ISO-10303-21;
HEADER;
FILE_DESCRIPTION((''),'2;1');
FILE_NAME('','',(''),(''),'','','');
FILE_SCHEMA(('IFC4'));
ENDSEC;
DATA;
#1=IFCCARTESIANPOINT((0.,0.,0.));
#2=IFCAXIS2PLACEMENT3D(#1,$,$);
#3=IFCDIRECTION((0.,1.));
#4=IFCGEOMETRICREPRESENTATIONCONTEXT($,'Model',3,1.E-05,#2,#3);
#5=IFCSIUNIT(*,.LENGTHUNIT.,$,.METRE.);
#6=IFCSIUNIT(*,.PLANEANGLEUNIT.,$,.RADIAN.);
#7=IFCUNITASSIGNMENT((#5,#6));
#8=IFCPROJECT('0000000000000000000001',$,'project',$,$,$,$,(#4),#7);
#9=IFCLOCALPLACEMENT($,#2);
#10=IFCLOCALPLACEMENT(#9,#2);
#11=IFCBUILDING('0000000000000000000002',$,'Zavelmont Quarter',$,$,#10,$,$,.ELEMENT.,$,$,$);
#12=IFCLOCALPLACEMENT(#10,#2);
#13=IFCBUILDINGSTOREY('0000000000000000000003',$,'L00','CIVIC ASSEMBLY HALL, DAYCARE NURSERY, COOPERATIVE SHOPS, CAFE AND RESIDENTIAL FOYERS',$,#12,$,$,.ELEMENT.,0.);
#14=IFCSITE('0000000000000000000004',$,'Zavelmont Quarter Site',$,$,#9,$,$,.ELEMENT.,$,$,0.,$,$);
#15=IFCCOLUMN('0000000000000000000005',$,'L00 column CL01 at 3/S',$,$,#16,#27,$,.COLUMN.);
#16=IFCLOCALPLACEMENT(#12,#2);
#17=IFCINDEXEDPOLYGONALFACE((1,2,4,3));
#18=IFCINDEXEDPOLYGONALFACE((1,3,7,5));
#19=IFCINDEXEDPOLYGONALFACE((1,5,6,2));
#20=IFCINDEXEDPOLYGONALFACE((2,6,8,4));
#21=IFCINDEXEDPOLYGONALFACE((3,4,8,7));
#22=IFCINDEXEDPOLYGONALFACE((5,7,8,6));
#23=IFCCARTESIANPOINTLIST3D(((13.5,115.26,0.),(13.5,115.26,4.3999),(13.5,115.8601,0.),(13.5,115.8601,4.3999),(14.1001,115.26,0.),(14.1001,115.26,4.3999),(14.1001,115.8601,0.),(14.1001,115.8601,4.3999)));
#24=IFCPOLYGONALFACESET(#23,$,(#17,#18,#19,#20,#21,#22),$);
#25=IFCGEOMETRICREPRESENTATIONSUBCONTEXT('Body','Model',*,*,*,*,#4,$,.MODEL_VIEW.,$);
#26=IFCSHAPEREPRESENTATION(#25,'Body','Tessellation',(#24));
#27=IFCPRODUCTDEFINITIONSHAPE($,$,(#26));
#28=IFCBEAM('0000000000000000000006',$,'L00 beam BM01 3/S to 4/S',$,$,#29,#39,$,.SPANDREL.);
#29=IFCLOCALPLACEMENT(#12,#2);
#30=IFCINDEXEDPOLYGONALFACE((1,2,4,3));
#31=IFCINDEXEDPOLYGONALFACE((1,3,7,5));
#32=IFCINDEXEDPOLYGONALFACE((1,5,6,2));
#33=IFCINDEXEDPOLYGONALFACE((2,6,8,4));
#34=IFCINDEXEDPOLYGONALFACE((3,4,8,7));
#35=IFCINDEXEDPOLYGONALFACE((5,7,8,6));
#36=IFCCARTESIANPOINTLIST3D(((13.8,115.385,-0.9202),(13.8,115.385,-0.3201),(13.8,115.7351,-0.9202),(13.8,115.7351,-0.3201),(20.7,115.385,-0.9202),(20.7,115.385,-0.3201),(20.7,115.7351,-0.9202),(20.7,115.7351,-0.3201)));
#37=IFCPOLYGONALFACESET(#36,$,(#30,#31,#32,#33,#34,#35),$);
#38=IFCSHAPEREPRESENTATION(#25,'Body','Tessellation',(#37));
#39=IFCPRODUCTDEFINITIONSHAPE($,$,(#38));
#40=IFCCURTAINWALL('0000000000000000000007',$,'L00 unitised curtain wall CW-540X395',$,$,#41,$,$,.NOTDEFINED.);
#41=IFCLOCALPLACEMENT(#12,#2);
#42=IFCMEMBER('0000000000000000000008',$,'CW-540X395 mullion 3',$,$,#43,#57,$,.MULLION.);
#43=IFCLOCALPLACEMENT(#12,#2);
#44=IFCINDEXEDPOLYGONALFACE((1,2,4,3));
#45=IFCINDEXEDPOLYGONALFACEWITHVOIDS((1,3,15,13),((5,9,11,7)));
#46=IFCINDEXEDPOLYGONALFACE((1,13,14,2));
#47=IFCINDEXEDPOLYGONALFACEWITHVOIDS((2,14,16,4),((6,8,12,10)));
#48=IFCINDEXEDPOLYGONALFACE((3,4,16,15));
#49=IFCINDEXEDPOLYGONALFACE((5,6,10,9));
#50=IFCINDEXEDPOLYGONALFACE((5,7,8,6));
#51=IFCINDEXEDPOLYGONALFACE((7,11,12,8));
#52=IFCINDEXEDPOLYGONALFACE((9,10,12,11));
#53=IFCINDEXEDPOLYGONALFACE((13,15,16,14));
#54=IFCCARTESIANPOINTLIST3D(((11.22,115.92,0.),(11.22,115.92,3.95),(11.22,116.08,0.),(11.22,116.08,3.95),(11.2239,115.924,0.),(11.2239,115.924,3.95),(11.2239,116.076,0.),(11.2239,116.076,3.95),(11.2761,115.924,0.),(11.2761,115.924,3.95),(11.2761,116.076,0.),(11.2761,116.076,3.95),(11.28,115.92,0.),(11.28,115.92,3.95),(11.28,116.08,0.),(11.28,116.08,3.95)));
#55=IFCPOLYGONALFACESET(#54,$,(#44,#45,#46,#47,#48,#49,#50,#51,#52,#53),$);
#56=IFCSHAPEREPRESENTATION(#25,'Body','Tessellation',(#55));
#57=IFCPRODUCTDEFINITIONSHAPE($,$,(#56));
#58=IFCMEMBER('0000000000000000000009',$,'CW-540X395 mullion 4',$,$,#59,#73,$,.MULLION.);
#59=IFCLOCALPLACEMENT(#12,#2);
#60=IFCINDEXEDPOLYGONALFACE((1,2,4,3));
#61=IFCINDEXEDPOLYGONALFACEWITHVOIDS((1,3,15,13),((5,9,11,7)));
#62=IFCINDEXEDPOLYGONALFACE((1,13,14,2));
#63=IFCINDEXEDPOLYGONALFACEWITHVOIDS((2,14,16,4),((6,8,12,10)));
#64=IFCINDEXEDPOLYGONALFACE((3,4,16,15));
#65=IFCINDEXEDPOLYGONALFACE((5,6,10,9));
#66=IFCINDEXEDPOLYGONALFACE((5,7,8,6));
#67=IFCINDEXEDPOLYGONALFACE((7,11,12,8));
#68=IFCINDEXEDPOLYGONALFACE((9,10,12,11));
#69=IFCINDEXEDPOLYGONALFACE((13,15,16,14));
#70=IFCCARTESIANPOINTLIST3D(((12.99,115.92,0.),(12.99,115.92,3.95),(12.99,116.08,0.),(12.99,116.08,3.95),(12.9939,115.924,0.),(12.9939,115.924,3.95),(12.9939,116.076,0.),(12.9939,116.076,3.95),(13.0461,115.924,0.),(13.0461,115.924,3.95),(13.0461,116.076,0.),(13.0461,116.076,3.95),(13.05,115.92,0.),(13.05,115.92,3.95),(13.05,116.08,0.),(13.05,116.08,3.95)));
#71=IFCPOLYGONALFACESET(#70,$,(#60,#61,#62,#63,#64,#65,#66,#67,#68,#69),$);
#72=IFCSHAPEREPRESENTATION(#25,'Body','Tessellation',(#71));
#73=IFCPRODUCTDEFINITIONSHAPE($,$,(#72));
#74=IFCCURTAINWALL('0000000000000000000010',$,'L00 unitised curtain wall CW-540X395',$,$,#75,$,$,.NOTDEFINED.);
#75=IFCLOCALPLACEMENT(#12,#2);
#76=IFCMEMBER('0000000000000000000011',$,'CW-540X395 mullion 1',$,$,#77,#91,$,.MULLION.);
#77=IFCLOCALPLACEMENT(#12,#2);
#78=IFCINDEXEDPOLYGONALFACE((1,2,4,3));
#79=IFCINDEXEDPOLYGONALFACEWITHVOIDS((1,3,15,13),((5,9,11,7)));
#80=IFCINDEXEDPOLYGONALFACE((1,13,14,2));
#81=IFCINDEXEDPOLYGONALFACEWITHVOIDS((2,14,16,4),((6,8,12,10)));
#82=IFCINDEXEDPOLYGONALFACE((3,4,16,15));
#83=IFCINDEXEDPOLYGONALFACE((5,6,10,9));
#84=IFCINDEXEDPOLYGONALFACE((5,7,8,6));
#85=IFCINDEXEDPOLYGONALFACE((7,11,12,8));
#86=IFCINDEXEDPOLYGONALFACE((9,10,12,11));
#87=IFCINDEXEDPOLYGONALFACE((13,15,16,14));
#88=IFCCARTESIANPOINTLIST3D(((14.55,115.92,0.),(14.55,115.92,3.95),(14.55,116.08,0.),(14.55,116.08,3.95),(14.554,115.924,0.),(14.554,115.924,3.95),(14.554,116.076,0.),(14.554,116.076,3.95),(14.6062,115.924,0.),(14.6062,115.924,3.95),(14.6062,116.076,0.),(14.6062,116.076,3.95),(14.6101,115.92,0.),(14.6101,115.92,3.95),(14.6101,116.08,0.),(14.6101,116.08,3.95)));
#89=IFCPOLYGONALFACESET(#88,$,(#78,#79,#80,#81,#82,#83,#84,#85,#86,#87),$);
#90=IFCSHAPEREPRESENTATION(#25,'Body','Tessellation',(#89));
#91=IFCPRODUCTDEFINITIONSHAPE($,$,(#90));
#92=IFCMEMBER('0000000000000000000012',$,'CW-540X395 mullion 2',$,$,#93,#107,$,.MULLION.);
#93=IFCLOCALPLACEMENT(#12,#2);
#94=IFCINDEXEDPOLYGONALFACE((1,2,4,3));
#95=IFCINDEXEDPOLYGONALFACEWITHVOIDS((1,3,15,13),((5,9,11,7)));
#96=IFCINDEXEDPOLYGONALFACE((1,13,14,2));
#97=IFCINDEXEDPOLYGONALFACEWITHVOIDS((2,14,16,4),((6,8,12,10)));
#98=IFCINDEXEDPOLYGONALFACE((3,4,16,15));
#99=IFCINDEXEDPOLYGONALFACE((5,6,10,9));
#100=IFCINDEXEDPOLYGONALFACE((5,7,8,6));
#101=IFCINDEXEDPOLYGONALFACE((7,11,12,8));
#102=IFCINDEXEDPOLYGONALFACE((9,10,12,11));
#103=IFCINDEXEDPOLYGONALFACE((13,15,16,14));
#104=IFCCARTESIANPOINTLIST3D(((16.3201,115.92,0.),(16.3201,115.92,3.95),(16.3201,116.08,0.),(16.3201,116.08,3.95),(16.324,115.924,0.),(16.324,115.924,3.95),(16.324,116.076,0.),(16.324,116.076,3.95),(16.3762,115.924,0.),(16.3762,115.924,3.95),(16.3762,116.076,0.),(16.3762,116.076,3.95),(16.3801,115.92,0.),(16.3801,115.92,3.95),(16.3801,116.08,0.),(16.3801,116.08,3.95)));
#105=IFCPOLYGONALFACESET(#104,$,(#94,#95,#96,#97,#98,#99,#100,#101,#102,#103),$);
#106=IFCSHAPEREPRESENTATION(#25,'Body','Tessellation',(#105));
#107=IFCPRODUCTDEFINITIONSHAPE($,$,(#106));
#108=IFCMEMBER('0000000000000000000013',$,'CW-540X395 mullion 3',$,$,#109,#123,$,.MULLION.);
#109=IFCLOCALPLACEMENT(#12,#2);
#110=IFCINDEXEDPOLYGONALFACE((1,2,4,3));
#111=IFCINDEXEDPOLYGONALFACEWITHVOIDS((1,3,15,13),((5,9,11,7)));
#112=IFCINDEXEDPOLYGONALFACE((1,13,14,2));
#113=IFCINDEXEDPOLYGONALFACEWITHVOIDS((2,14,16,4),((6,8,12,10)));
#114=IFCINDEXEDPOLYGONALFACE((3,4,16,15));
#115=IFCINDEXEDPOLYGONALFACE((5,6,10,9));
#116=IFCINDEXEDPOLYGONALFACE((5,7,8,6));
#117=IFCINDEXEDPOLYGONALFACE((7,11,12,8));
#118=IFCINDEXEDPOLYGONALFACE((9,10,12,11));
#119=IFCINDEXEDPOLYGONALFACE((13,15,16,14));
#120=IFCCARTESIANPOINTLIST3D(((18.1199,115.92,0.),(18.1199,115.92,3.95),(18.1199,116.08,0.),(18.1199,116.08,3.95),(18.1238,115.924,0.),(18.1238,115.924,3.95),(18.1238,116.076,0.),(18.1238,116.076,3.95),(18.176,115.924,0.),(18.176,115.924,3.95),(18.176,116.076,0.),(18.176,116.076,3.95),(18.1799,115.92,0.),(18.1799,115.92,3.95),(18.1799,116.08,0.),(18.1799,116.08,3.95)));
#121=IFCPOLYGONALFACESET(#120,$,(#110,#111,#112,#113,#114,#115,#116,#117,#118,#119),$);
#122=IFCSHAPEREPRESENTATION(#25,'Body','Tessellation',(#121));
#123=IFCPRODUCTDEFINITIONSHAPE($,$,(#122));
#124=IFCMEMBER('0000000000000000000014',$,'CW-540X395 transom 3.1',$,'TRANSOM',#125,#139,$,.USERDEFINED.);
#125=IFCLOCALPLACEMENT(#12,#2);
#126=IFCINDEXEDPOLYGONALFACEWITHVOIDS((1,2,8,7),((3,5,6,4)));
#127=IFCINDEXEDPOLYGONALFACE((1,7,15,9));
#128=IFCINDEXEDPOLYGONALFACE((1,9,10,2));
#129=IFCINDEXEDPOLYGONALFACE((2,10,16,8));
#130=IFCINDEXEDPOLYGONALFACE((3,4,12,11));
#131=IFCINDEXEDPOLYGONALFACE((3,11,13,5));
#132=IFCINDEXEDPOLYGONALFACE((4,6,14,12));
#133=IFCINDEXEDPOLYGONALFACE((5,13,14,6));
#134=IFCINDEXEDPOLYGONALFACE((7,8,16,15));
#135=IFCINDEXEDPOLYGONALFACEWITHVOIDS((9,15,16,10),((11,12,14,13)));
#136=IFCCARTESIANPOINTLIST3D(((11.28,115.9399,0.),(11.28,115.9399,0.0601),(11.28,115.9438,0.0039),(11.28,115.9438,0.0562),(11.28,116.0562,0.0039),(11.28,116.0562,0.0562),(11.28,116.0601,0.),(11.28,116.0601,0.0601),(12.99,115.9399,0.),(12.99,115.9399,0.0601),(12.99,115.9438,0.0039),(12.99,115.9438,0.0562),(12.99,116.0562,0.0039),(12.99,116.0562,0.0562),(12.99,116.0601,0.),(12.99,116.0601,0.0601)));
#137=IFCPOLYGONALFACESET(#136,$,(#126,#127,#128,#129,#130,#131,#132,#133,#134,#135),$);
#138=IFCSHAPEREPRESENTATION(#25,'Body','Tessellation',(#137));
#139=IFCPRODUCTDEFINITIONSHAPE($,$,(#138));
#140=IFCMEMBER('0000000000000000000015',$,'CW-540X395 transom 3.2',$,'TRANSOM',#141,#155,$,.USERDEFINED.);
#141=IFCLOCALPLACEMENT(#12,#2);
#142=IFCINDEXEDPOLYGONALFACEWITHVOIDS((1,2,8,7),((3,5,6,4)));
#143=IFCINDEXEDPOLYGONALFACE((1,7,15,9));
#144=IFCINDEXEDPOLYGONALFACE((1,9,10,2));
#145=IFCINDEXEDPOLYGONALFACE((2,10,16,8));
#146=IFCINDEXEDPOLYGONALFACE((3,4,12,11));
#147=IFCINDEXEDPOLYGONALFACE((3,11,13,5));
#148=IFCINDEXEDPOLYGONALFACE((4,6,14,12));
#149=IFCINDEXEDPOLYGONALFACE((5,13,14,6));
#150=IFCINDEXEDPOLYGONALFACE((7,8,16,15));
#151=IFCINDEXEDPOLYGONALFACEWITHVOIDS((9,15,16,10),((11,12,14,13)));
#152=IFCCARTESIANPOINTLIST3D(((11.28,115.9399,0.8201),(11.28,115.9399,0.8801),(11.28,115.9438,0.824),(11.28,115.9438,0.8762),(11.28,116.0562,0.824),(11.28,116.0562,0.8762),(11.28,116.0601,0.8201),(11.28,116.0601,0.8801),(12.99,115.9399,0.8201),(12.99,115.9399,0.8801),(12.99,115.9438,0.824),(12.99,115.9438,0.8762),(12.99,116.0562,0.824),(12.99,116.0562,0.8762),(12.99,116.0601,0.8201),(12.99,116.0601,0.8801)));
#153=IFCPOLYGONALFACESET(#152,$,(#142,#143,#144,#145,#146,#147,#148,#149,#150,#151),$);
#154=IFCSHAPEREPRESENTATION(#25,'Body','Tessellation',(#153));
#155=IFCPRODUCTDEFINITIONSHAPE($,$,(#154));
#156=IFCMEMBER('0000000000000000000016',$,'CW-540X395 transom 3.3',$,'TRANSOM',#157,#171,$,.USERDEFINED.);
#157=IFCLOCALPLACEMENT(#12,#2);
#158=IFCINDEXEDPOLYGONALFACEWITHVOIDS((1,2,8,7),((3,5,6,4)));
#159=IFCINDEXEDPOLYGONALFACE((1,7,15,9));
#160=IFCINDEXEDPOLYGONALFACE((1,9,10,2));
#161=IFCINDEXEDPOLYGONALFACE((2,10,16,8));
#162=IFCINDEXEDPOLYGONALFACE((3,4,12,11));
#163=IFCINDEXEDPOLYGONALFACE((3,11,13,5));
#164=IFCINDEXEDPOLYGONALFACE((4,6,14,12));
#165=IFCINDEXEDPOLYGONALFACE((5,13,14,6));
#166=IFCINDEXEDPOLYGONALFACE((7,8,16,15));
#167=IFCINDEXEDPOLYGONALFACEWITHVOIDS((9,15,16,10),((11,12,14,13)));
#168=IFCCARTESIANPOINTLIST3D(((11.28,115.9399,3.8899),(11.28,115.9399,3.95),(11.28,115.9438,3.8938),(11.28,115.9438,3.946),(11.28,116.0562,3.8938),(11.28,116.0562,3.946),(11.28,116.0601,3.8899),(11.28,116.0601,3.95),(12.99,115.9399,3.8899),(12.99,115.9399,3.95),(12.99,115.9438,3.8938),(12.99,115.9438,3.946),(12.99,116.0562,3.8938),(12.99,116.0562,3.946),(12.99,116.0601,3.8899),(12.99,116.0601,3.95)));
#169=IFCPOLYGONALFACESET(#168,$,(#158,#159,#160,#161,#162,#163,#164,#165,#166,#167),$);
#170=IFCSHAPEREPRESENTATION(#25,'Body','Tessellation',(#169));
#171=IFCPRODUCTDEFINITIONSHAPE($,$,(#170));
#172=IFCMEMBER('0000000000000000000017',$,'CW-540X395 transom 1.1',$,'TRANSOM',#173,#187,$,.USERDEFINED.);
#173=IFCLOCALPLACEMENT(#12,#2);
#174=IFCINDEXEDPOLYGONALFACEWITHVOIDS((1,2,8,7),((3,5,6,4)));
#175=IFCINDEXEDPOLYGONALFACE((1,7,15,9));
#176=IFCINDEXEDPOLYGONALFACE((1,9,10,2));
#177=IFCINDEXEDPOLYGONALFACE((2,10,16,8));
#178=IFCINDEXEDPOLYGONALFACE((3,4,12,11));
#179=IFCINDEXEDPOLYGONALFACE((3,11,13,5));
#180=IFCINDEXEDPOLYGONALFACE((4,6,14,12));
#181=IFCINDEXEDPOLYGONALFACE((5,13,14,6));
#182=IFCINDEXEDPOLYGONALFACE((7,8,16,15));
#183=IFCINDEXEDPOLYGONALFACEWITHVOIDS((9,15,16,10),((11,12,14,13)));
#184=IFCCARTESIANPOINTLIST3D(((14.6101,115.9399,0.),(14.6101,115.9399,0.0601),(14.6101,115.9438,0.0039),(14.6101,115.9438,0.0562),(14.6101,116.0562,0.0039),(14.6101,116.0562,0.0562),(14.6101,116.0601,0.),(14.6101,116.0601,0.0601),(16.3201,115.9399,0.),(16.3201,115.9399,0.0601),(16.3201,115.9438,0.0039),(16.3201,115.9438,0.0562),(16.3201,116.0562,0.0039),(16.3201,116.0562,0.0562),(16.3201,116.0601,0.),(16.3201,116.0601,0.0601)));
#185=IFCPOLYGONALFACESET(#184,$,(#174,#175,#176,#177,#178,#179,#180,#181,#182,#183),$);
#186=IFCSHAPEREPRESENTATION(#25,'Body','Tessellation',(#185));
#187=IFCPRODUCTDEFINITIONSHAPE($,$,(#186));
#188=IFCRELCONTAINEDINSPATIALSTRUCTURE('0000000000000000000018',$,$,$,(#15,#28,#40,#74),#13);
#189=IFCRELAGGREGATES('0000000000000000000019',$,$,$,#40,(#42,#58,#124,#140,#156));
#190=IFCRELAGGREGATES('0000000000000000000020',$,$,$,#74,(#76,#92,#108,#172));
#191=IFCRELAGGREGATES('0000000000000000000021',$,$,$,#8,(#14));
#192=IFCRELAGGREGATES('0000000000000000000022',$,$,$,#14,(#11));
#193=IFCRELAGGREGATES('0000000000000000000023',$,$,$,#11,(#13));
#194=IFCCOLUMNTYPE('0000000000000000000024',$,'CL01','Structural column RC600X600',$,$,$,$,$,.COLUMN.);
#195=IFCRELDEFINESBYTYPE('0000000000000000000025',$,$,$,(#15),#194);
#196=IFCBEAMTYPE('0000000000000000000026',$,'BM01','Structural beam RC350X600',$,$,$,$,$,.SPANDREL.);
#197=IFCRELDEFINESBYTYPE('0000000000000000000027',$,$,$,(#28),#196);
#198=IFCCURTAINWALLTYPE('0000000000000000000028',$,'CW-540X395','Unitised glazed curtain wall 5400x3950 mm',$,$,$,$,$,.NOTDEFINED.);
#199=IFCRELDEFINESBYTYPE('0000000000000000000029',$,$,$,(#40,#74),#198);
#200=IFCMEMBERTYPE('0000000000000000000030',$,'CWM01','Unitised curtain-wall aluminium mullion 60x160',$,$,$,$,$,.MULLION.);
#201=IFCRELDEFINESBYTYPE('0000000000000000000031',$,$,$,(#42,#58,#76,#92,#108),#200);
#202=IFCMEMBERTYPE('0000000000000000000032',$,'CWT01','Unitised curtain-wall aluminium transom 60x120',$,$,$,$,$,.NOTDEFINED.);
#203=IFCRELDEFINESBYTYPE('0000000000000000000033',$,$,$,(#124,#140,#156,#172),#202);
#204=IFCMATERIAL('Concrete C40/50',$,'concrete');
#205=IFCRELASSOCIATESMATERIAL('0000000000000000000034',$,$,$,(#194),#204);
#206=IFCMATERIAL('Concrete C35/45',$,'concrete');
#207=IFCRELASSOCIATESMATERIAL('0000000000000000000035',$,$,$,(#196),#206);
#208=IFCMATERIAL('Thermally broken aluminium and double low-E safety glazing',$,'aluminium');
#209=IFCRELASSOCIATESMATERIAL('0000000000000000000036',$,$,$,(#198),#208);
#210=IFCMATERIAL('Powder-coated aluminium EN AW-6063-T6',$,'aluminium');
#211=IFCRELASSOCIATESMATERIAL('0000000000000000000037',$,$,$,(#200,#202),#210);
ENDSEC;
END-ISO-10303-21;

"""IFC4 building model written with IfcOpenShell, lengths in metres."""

from ifc_helpers import new_model, si_unit, direction, frame, origin, origin_2d, place, context, subcontext, project, spatial, rectangle, hollow_rectangle, extrude, material, material_profile, profile_set, type_object, element, aggregate, save


model = new_model("IFC4")

# Units and contexts
model_context = context("Model", 3, precision=1e-05, world=origin(), true_north=direction((0.0, 1.0)))
body_context = subcontext(model_context, "Body", "Model", "MODEL_VIEW")
ifc_project = project(units=[si_unit("LENGTHUNIT", "METRE"), si_unit("PLANEANGLEUNIT", "RADIAN")], contexts=[model_context])

# Site, building, storey
site_placement = place(None, origin())
site = spatial("IfcSite", under=ifc_project, at=site_placement, Name="Zavelmont Quarter Site", CompositionType="ELEMENT", RefElevation=0.0)
building_placement = place(site_placement, origin())
building = spatial("IfcBuilding", under=site, at=building_placement, Name="Zavelmont Quarter", CompositionType="ELEMENT")
storey_placement = place(building_placement, origin())
storey = spatial("IfcBuildingStorey", under=building, at=storey_placement, Name="L00", Description="CIVIC ASSEMBLY HALL, DAYCARE NURSERY, COOPERATIVE SHOPS, CAFE AND RESIDENTIAL FOYERS", CompositionType="ELEMENT", Elevation=0.0)

# Column
ifc_material_1 = material(Name="Concrete C40/50", Category="concrete")
ifc_material_profile_1 = material_profile(ifc_material_1, rectangle(XDim=0.6001, YDim=0.6001, at=origin_2d()), Name="RC600X600")
ifc_profile_set_1 = profile_set([ifc_material_profile_1], Name="Concrete C40/50")
column_type = type_object("IfcColumnType", Name="CL01", Description="Structural column RC600X600", PredefinedType="COLUMN", material=ifc_profile_set_1)
column_placement = place(storey_placement, frame((13.8, 115.5601, 0.0), z_axis=(0.0, 0.0, 1.0), x_axis=(1.0, 0.0, 0.0)))
element("IfcColumn", 1, at=column_placement, inside=storey, type_object=column_type, Name="L00 column CL01 at 3/S", PredefinedType="COLUMN", context=body_context, shape_type="SweptSolid", body=[
    extrude(rectangle(XDim=0.6001, YDim=0.6001, at=origin_2d()), origin(), (0.0, 0.0, 1.0), 4.3999),
])

# Beam
ifc_material_2 = material(Name="Concrete C35/45", Category="concrete")
ifc_material_profile_2 = material_profile(ifc_material_2, rectangle(XDim=0.3501, YDim=0.6001, at=origin_2d()), Name="RC350X600")
ifc_profile_set_2 = profile_set([ifc_material_profile_2], Name="Concrete C35/45")
beam_type = type_object("IfcBeamType", Name="BM01", Description="Structural beam RC350X600", PredefinedType="SPANDREL", material=ifc_profile_set_2)
beam_placement = place(storey_placement, frame((13.8, 115.5601, -0.6201), z_axis=(1.0, 0.0, 0.0), x_axis=(0.0, 1.0, 0.0)))
element("IfcBeam", 2, at=beam_placement, inside=storey, type_object=beam_type, Name="L00 beam BM01 3/S to 4/S", PredefinedType="SPANDREL", context=body_context, shape_type="SweptSolid", body=[
    extrude(rectangle(XDim=0.3501, YDim=0.6001, at=origin_2d()), origin(), (0.0, 0.0, 1.0), 6.8999),
])

# Curtain walls, members
ifc_material_3 = material(Name="Thermally broken aluminium and double low-E safety glazing", Category="aluminium")
curtain_wall_type = type_object("IfcCurtainWallType", Name="CW-540X395", Description="Unitised glazed curtain wall 5400x3950 mm", PredefinedType="NOTDEFINED", material=ifc_material_3)
curtain_wall_1_placement = place(storey_placement, origin())
curtain_wall_1 = element("IfcCurtainWall", 3, at=curtain_wall_1_placement, inside=storey, type_object=curtain_wall_type, Name="L00 unitised curtain wall CW-540X395", PredefinedType="NOTDEFINED")
ifc_material_4 = material(Name="Powder-coated aluminium EN AW-6063-T6", Category="aluminium")
ifc_material_profile_3 = material_profile(ifc_material_4, hollow_rectangle(XDim=0.0601, YDim=0.1599, WallThickness=0.0039, at=origin_2d()), Name="CWM60X160")
ifc_profile_set_3 = profile_set([ifc_material_profile_3], Name="Powder-coated aluminium EN AW-6063-T6")
member_type_1 = type_object("IfcMemberType", Name="CWM01", Description="Unitised curtain-wall aluminium mullion 60x160", PredefinedType="MULLION", material=ifc_profile_set_3)
member_1_placement = place(storey_placement, frame((11.25, 116.0, 0.0), z_axis=(0.0, 0.0, 1.0), x_axis=(1.0, 0.0, 0.0)))
member_1 = element("IfcMember", 4, at=member_1_placement, type_object=member_type_1, Name="CW-540X395 mullion 3", PredefinedType="MULLION", context=body_context, shape_type="SweptSolid", body=[
    extrude(hollow_rectangle(XDim=0.0601, YDim=0.1599, WallThickness=0.0039, at=origin_2d()), origin(), (0.0, 0.0, 1.0), 3.95),
])
member_2_placement = place(storey_placement, frame((13.02, 116.0, 0.0), z_axis=(0.0, 0.0, 1.0), x_axis=(1.0, 0.0, 0.0)))
member_2 = element("IfcMember", 5, at=member_2_placement, type_object=member_type_1, Name="CW-540X395 mullion 4", PredefinedType="MULLION", context=body_context, shape_type="SweptSolid", body=[
    extrude(hollow_rectangle(XDim=0.0601, YDim=0.1599, WallThickness=0.0039, at=origin_2d()), origin(), (0.0, 0.0, 1.0), 3.95),
])
curtain_wall_2_placement = place(storey_placement, origin())
curtain_wall_2 = element("IfcCurtainWall", 6, at=curtain_wall_2_placement, inside=storey, type_object=curtain_wall_type, Name="L00 unitised curtain wall CW-540X395", PredefinedType="NOTDEFINED")
member_3_placement = place(storey_placement, frame((14.5801, 116.0, 0.0), z_axis=(0.0, 0.0, 1.0), x_axis=(1.0, 0.0, 0.0)))
member_3 = element("IfcMember", 7, at=member_3_placement, type_object=member_type_1, Name="CW-540X395 mullion 1", PredefinedType="MULLION", context=body_context, shape_type="SweptSolid", body=[
    extrude(hollow_rectangle(XDim=0.0601, YDim=0.1599, WallThickness=0.0039, at=origin_2d()), origin(), (0.0, 0.0, 1.0), 3.95),
])
member_4_placement = place(storey_placement, frame((16.3501, 116.0, 0.0), z_axis=(0.0, 0.0, 1.0), x_axis=(1.0, 0.0, 0.0)))
member_4 = element("IfcMember", 8, at=member_4_placement, type_object=member_type_1, Name="CW-540X395 mullion 2", PredefinedType="MULLION", context=body_context, shape_type="SweptSolid", body=[
    extrude(hollow_rectangle(XDim=0.0601, YDim=0.1599, WallThickness=0.0039, at=origin_2d()), origin(), (0.0, 0.0, 1.0), 3.95),
])
member_5_placement = place(storey_placement, frame((18.1499, 116.0, 0.0), z_axis=(0.0, 0.0, 1.0), x_axis=(1.0, 0.0, 0.0)))
member_5 = element("IfcMember", 9, at=member_5_placement, type_object=member_type_1, Name="CW-540X395 mullion 3", PredefinedType="MULLION", context=body_context, shape_type="SweptSolid", body=[
    extrude(hollow_rectangle(XDim=0.0601, YDim=0.1599, WallThickness=0.0039, at=origin_2d()), origin(), (0.0, 0.0, 1.0), 3.95),
])

# Members
ifc_material_profile_4 = material_profile(ifc_material_4, hollow_rectangle(XDim=0.1201, YDim=0.0601, WallThickness=0.0039, at=origin_2d()), Name="CWT60X120")
ifc_profile_set_4 = profile_set([ifc_material_profile_4], Name="Powder-coated aluminium EN AW-6063-T6")
member_type_2 = type_object("IfcMemberType", Name="CWT01", Description="Unitised curtain-wall aluminium transom 60x120", PredefinedType="NOTDEFINED", material=ifc_profile_set_4)
member_6_placement = place(storey_placement, frame((11.28, 116.0, 0.03), z_axis=(1.0, 0.0, 0.0), x_axis=(0.0, 1.0, 0.0)))
member_6 = element("IfcMember", 10, at=member_6_placement, type_object=member_type_2, Name="CW-540X395 transom 3.1", ObjectType="TRANSOM", PredefinedType="USERDEFINED", context=body_context, shape_type="SweptSolid", body=[
    extrude(hollow_rectangle(XDim=0.1201, YDim=0.0601, WallThickness=0.0039, at=origin_2d()), origin(), (0.0, 0.0, 1.0), 1.71),
])
member_7_placement = place(storey_placement, frame((11.28, 116.0, 0.8501), z_axis=(1.0, 0.0, 0.0), x_axis=(0.0, 1.0, 0.0)))
member_7 = element("IfcMember", 11, at=member_7_placement, type_object=member_type_2, Name="CW-540X395 transom 3.2", ObjectType="TRANSOM", PredefinedType="USERDEFINED", context=body_context, shape_type="SweptSolid", body=[
    extrude(hollow_rectangle(XDim=0.1201, YDim=0.0601, WallThickness=0.0039, at=origin_2d()), origin(), (0.0, 0.0, 1.0), 1.71),
])
member_8_placement = place(storey_placement, frame((11.28, 116.0, 3.9199), z_axis=(1.0, 0.0, 0.0), x_axis=(0.0, 1.0, 0.0)))
member_8 = element("IfcMember", 12, at=member_8_placement, type_object=member_type_2, Name="CW-540X395 transom 3.3", ObjectType="TRANSOM", PredefinedType="USERDEFINED", context=body_context, shape_type="SweptSolid", body=[
    extrude(hollow_rectangle(XDim=0.1201, YDim=0.0601, WallThickness=0.0039, at=origin_2d()), origin(), (0.0, 0.0, 1.0), 1.71),
])
member_9_placement = place(storey_placement, frame((14.6101, 116.0, 0.03), z_axis=(1.0, 0.0, 0.0), x_axis=(0.0, 1.0, 0.0)))
member_9 = element("IfcMember", 13, at=member_9_placement, type_object=member_type_2, Name="CW-540X395 transom 1.1", ObjectType="TRANSOM", PredefinedType="USERDEFINED", context=body_context, shape_type="SweptSolid", body=[
    extrude(hollow_rectangle(XDim=0.1201, YDim=0.0601, WallThickness=0.0039, at=origin_2d()), origin(), (0.0, 0.0, 1.0), 1.71),
])

aggregate(curtain_wall_1, [member_1, member_2, member_6, member_7, member_8])
aggregate(curtain_wall_2, [member_3, member_4, member_5, member_9])

save(model, "model.ifc")
